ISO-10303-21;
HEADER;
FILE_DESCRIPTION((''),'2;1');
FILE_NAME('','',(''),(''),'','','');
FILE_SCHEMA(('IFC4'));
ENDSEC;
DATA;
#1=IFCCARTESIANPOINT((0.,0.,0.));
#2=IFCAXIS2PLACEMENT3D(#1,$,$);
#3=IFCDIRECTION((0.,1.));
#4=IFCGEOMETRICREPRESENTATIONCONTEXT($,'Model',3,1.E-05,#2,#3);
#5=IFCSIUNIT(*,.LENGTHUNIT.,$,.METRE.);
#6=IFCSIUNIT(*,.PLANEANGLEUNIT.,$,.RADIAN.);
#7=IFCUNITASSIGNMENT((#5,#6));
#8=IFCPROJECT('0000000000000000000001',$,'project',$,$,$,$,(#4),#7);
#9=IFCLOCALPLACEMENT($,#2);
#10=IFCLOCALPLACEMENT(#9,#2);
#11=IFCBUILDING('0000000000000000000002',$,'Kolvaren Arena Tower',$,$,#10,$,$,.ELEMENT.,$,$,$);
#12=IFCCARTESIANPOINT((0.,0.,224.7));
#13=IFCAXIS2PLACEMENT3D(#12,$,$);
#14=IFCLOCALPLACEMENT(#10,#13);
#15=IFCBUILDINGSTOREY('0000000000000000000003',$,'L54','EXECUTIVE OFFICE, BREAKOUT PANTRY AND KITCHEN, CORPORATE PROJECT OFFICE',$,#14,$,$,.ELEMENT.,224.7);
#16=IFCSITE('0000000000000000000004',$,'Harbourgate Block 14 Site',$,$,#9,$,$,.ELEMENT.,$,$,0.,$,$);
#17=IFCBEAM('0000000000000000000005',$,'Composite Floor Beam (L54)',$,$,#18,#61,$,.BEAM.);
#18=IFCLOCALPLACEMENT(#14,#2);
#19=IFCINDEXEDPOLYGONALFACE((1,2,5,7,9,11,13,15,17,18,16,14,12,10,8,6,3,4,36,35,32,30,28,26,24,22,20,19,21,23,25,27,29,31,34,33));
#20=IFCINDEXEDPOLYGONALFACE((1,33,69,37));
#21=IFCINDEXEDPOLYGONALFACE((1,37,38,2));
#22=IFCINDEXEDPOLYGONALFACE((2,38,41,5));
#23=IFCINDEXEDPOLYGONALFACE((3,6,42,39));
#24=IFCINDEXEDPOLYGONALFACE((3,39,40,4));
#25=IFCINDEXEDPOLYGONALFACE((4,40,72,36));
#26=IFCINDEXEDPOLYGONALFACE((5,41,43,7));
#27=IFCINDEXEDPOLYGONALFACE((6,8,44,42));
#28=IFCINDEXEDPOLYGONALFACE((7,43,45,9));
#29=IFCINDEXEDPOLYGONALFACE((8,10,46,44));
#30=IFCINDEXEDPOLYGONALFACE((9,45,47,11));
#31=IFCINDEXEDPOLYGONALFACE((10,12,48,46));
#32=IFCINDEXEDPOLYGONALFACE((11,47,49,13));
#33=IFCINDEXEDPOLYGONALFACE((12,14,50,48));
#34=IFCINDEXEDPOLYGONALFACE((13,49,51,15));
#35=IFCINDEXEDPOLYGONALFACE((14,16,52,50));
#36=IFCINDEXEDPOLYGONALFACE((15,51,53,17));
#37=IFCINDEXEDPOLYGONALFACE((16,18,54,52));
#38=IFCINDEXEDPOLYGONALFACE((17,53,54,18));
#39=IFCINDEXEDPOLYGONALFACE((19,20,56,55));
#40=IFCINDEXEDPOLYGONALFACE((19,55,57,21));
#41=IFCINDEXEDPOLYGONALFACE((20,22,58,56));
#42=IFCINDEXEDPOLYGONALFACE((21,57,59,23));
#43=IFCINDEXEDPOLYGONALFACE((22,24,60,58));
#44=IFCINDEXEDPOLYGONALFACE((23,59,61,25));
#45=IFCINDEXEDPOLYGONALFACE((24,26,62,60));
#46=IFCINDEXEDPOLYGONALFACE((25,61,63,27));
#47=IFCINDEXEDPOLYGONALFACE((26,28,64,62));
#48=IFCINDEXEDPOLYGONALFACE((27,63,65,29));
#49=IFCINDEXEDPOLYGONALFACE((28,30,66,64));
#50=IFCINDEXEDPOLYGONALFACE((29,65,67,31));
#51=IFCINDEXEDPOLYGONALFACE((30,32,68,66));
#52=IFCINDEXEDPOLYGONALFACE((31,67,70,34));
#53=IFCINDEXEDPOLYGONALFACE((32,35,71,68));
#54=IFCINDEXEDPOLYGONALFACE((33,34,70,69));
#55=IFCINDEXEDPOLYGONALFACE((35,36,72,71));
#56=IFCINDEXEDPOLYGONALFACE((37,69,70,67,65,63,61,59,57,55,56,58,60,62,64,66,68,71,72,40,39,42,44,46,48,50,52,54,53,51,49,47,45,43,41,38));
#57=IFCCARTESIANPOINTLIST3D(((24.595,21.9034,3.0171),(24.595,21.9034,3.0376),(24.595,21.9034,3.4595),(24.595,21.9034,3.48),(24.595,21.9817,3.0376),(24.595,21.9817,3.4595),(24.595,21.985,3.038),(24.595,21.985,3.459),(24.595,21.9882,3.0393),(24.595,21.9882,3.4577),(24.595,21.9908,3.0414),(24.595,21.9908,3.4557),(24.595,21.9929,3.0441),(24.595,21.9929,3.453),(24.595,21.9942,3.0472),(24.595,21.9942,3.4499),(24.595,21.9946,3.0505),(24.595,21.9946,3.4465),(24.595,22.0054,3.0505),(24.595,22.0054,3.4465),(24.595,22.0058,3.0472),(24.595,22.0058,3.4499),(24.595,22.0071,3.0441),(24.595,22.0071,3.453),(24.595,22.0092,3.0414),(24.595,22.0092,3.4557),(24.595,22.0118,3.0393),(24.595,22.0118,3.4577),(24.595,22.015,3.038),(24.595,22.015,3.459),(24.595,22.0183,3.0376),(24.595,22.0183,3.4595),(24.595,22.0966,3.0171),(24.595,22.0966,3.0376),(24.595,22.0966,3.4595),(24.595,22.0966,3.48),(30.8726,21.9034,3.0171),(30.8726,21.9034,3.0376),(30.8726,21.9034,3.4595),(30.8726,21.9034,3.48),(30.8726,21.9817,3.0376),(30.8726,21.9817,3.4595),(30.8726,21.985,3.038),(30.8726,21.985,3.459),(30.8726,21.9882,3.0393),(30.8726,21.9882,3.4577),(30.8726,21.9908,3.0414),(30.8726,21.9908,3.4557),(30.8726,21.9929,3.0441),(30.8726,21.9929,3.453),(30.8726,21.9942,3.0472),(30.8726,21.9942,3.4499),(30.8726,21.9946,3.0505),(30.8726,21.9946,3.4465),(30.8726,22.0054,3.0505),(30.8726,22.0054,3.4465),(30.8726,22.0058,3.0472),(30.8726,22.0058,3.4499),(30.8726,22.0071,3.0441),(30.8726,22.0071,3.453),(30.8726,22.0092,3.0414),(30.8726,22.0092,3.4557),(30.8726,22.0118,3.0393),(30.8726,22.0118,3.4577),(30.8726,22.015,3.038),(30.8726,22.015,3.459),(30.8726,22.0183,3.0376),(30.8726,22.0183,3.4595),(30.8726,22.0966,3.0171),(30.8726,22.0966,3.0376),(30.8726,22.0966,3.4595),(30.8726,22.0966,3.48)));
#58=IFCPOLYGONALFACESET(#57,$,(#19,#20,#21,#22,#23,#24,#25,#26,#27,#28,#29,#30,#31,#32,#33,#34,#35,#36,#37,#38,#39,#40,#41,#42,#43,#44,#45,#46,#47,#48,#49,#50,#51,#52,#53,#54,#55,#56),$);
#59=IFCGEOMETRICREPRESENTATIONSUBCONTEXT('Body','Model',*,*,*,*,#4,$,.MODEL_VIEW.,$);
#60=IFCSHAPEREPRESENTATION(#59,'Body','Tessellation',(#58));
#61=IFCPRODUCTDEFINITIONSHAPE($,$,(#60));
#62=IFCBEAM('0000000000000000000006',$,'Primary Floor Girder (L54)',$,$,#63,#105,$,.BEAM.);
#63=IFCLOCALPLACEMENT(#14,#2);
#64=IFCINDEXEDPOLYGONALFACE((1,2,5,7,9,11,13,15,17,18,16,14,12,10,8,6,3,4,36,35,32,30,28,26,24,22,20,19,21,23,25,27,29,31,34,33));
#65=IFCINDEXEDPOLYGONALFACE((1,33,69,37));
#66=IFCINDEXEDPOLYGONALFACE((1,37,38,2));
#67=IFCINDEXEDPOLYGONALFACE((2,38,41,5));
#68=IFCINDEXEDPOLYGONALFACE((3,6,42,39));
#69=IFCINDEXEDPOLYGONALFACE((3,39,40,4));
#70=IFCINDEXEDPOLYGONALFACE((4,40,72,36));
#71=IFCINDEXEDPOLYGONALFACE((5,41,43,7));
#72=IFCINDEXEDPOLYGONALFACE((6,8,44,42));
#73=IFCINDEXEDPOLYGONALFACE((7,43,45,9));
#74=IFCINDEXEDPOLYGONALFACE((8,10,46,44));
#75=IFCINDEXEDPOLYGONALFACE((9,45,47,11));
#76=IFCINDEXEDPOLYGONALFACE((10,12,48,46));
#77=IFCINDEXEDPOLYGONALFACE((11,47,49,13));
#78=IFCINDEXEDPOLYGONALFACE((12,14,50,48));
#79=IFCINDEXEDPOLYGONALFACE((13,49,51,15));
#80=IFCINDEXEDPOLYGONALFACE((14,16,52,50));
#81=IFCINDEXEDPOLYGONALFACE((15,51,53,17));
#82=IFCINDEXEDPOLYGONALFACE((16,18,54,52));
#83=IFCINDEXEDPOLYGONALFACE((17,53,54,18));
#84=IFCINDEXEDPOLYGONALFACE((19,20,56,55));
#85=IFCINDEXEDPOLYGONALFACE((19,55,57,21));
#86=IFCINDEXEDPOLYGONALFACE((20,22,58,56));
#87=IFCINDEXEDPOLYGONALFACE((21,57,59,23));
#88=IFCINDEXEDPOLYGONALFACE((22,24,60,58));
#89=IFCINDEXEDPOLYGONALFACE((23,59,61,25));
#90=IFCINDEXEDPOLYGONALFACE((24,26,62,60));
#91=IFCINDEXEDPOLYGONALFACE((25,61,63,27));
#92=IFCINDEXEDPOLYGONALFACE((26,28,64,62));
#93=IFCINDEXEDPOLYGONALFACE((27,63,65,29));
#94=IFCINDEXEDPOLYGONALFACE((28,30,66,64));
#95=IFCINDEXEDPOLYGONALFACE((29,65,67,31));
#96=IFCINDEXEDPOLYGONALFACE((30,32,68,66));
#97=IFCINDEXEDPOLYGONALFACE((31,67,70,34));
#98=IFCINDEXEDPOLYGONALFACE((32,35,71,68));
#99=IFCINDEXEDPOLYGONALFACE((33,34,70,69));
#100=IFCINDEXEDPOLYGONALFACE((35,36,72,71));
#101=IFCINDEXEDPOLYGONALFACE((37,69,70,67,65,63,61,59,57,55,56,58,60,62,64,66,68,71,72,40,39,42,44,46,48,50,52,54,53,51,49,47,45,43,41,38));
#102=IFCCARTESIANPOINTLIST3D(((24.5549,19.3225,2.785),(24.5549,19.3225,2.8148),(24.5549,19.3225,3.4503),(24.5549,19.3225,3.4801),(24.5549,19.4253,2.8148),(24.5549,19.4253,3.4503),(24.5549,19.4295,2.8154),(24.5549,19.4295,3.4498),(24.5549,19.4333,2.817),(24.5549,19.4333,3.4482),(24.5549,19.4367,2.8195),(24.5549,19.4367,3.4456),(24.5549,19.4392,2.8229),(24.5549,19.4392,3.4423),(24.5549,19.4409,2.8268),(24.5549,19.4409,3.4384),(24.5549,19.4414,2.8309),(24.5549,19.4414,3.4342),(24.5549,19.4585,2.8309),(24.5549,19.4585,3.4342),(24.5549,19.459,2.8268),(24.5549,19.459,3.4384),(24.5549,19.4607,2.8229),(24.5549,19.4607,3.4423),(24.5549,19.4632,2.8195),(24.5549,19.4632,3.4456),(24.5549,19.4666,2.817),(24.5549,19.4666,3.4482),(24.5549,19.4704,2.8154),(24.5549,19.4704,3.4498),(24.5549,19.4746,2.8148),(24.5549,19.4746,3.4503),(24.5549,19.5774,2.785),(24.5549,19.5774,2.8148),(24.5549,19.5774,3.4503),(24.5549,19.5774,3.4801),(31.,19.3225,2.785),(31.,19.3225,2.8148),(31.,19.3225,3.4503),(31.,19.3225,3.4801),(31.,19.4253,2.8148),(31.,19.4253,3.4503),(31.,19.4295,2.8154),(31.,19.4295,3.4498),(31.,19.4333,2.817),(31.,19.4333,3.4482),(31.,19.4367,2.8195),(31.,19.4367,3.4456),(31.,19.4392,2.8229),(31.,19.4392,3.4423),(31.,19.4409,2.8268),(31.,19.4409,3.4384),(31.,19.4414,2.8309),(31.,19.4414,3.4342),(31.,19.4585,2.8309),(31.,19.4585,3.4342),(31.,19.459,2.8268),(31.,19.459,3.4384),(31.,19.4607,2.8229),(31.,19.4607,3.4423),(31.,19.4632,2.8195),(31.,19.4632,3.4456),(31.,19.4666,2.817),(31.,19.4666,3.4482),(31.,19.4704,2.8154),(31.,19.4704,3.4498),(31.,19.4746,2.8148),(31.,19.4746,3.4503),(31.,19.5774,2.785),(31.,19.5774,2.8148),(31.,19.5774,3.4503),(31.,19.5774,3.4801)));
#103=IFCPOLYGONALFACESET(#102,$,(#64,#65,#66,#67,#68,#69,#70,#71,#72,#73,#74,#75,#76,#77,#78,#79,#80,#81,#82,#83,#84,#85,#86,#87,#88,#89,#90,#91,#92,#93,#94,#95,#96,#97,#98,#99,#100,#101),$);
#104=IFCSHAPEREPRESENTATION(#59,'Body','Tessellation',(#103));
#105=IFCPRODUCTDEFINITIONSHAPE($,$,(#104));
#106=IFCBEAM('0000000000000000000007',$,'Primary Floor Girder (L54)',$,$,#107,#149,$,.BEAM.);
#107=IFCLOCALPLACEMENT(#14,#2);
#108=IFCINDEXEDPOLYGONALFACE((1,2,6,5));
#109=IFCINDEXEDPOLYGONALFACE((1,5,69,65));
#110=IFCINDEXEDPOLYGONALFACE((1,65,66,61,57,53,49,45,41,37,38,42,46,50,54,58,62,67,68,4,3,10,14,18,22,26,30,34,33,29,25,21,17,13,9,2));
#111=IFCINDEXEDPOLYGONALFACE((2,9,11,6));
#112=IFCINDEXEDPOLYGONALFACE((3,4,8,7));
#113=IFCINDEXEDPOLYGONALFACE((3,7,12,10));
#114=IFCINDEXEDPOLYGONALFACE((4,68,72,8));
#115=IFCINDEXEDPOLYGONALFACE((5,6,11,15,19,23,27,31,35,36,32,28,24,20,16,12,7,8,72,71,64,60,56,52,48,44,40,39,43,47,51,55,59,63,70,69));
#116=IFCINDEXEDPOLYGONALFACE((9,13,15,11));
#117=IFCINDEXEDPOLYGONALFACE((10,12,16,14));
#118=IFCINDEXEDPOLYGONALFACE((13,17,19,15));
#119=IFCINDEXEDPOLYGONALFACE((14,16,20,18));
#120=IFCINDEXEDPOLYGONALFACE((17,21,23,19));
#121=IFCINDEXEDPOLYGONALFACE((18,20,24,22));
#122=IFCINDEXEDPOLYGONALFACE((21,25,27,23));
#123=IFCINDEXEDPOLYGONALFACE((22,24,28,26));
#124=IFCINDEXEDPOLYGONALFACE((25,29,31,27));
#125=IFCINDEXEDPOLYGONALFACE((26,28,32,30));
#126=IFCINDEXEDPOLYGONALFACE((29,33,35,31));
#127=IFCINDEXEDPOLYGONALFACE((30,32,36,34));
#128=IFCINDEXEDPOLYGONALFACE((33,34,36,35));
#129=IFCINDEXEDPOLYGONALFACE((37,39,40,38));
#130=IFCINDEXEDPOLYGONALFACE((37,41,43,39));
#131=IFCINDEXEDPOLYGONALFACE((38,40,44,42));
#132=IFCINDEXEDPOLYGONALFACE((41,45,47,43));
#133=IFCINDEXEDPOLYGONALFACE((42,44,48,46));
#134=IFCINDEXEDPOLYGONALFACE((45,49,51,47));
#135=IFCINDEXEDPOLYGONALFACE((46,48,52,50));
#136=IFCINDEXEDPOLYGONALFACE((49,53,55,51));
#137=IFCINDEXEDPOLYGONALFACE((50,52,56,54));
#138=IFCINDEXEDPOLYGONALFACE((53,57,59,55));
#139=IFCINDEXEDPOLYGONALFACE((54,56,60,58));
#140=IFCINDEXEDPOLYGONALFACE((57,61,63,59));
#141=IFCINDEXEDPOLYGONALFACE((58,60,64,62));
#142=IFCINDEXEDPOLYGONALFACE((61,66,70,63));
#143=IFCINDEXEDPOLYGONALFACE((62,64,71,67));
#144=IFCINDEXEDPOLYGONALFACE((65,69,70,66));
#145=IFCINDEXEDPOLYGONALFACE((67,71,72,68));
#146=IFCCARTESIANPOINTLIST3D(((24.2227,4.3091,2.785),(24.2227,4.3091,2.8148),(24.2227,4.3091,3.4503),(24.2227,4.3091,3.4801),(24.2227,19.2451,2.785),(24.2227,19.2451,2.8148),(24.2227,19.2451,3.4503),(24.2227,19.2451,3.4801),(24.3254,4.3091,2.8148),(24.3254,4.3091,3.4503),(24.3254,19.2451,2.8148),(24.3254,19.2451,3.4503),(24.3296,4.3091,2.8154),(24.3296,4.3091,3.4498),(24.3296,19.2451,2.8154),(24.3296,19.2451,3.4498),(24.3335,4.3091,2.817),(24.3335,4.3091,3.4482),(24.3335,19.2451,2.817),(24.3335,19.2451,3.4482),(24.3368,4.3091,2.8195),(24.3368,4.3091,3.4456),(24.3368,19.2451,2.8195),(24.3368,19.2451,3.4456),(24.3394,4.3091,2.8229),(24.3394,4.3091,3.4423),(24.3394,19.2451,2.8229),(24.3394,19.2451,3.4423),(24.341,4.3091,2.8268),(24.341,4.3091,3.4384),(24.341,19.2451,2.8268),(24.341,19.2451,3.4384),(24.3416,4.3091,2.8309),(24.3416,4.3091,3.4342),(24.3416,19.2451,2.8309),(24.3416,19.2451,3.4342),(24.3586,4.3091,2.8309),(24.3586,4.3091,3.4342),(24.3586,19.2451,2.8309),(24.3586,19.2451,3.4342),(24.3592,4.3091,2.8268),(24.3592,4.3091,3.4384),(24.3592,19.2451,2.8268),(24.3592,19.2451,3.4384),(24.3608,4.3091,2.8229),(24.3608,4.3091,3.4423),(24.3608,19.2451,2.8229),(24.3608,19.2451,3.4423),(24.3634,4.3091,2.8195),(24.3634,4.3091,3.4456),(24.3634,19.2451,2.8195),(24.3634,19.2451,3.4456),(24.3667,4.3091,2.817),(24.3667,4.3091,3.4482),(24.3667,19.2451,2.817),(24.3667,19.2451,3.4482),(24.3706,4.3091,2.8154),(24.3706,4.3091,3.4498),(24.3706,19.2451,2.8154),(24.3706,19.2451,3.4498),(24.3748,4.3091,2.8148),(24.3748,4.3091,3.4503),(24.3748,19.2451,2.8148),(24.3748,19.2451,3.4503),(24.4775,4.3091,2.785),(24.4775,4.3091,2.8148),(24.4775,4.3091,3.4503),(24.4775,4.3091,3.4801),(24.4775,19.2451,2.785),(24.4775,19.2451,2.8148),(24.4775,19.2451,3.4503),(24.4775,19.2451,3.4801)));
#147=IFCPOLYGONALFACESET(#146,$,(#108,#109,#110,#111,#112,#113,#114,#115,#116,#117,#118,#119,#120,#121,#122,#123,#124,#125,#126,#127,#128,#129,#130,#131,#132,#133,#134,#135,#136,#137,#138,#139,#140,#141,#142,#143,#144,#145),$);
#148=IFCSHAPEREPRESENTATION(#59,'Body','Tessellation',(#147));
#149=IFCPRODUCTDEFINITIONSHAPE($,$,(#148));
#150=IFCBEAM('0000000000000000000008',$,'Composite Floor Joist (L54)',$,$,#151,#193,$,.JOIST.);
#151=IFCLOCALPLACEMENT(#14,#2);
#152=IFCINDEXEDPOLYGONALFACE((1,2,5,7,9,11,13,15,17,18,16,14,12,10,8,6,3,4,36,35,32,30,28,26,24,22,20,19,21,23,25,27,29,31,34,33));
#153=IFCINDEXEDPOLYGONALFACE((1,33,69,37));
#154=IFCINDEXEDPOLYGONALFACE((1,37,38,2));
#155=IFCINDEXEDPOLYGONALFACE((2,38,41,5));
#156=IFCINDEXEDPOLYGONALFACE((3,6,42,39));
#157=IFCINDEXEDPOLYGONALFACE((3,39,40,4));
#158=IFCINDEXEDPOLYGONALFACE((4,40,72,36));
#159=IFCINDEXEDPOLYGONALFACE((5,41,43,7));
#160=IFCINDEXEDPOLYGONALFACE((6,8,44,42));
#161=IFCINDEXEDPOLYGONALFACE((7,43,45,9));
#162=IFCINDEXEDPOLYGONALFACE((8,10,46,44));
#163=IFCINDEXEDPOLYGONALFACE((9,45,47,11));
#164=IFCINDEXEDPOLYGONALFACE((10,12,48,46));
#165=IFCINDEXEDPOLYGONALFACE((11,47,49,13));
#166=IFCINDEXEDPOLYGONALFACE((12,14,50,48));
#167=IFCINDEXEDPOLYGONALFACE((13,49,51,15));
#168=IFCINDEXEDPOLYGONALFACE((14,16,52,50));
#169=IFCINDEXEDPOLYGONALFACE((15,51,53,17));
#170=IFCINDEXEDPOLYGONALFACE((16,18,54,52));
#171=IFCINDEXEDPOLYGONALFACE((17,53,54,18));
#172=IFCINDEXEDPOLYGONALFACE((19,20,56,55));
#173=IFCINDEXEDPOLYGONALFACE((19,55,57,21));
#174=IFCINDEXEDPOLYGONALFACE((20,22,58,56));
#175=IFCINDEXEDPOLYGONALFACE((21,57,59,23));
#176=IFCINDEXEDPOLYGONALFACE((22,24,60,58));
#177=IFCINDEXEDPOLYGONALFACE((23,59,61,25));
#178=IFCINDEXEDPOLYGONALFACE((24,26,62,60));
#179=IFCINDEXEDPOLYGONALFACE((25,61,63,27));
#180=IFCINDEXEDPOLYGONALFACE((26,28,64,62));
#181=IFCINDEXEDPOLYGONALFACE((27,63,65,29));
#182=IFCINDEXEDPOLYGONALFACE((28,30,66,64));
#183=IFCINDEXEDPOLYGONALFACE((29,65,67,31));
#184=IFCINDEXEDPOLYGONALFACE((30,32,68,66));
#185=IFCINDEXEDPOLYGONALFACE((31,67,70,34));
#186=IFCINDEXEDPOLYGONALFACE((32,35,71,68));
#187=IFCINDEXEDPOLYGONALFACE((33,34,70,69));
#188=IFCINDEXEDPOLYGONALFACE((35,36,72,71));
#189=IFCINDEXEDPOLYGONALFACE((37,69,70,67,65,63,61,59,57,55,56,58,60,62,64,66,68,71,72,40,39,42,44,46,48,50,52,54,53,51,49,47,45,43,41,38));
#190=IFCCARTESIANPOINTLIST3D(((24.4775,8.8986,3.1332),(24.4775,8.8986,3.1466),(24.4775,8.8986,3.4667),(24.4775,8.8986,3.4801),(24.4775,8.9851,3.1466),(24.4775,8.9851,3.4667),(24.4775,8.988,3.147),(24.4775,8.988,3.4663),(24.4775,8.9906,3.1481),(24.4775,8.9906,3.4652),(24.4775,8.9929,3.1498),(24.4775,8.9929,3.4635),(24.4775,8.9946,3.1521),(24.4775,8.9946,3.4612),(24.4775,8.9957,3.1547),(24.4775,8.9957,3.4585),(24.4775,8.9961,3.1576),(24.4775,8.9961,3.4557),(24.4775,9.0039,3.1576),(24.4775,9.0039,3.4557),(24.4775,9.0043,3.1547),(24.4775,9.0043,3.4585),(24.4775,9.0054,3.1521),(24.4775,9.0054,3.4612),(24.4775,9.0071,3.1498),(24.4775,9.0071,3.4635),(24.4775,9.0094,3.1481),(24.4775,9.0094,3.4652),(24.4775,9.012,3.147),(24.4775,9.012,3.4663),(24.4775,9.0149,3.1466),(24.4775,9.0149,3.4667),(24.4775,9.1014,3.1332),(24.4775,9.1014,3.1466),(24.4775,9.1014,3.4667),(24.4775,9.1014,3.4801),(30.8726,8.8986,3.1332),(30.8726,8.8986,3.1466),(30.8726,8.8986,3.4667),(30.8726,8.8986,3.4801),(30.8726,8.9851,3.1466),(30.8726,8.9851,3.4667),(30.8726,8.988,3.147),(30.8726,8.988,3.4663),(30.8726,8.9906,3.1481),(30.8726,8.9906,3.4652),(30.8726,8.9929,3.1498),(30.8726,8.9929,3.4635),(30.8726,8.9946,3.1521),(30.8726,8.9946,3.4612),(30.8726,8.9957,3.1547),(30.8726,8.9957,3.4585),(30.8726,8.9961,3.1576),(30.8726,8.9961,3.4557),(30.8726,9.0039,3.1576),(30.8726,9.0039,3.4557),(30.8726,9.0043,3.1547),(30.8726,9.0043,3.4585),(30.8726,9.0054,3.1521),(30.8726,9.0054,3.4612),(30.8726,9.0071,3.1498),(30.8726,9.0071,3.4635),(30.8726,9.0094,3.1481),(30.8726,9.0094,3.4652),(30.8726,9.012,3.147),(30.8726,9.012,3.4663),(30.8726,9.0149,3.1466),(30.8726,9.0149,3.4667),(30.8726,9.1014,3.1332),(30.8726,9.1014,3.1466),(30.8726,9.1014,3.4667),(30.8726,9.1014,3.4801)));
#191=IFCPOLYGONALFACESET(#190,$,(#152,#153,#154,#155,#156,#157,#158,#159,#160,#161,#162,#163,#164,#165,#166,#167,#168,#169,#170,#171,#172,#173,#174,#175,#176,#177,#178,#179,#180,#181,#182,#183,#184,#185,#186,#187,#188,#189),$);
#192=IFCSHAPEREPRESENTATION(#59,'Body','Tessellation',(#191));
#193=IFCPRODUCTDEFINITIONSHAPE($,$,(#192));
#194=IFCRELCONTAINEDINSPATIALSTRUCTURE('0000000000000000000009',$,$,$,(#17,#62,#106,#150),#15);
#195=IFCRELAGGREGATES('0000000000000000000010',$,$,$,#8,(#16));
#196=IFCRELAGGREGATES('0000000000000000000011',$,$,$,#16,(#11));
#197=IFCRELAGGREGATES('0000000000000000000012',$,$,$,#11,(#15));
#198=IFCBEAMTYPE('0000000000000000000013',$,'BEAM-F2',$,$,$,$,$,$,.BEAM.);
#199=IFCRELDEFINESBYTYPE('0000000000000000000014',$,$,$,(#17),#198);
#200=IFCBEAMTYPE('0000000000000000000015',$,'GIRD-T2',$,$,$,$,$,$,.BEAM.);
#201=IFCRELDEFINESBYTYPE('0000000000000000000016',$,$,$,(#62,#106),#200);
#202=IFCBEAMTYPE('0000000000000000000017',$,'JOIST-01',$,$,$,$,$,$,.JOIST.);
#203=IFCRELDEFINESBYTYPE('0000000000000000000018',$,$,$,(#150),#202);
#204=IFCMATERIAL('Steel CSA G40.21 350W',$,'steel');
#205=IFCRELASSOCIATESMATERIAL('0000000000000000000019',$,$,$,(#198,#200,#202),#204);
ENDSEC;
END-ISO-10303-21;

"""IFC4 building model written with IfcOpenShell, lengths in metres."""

from ifc_helpers import new_model, si_unit, direction, frame, origin, origin_2d, place, context, subcontext, project, spatial, i_section, extrude, material, material_profile, profile_set, type_object, element, save


model = new_model("IFC4")

# Units and contexts
model_context = context("Model", 3, precision=1e-05, world=origin(), true_north=direction((0.0, 1.0)))
body_context = subcontext(model_context, "Body", "Model", "MODEL_VIEW")
ifc_project = project(units=[si_unit("LENGTHUNIT", "METRE"), si_unit("PLANEANGLEUNIT", "RADIAN")], contexts=[model_context])

# Site, building, storey
site_placement = place(None, origin())
site = spatial("IfcSite", under=ifc_project, at=site_placement, Name="Harbourgate Block 14 Site", CompositionType="ELEMENT", RefElevation=0.0)
building_placement = place(site_placement, origin())
building = spatial("IfcBuilding", under=site, at=building_placement, Name="Kolvaren Arena Tower", CompositionType="ELEMENT")
storey_placement = place(building_placement, frame((0.0, 0.0, 224.7)))
storey = spatial("IfcBuildingStorey", under=building, at=storey_placement, Name="L54", Description="EXECUTIVE OFFICE, BREAKOUT PANTRY AND KITCHEN, CORPORATE PROJECT OFFICE", CompositionType="ELEMENT", Elevation=224.7)

# Beams
ifc_material_1 = material(Name="Steel CSA G40.21 350W", Category="steel")
ifc_material_profile_1 = material_profile(ifc_material_1, i_section(OverallWidth=0.1931, OverallDepth=0.4629, WebThickness=0.0107, FlangeThickness=0.0205, FilletRadius=0.0129, at=origin_2d()), Name="W460x113")
ifc_profile_set_1 = profile_set([ifc_material_profile_1], Name="Steel CSA G40.21 350W")
beam_type_1 = type_object("IfcBeamType", Name="BEAM-F2", PredefinedType="BEAM", material=ifc_profile_set_1)
beam_1_placement = place(storey_placement, frame((24.595, 22.0, 3.2485), z_axis=(1.0, 0.0, 0.0), x_axis=(0.0, 1.0, 0.0)))
element("IfcBeam", 1, at=beam_1_placement, inside=storey, type_object=beam_type_1, Name="Composite Floor Beam (L54)", PredefinedType="BEAM", context=body_context, shape_type="SweptSolid", body=[
    extrude(i_section(OverallWidth=0.1931, OverallDepth=0.4629, WebThickness=0.0107, FlangeThickness=0.0205, FilletRadius=0.0129, at=origin_2d()), origin(), (0.0, 0.0, 1.0), 6.2776),
])
ifc_material_profile_2 = material_profile(ifc_material_1, i_section(OverallWidth=0.2549, OverallDepth=0.6951, WebThickness=0.0171, FlangeThickness=0.0298, FilletRadius=0.0161, at=origin_2d()), Name="W690x217")
ifc_profile_set_2 = profile_set([ifc_material_profile_2], Name="Steel CSA G40.21 350W")
beam_type_2 = type_object("IfcBeamType", Name="GIRD-T2", PredefinedType="BEAM", material=ifc_profile_set_2)
beam_2_placement = place(storey_placement, frame((24.5549, 19.45, 3.1326), z_axis=(1.0, 0.0, 0.0), x_axis=(0.0, 1.0, 0.0)))
element("IfcBeam", 2, at=beam_2_placement, inside=storey, type_object=beam_type_2, Name="Primary Floor Girder (L54)", PredefinedType="BEAM", context=body_context, shape_type="SweptSolid", body=[
    extrude(i_section(OverallWidth=0.2549, OverallDepth=0.6951, WebThickness=0.0171, FlangeThickness=0.0298, FilletRadius=0.0161, at=origin_2d()), origin(), (0.0, 0.0, 1.0), 6.4451),
])
beam_3_placement = place(storey_placement, frame((24.3501, 4.3091, 3.1326), z_axis=(0.0, 1.0, 0.0), x_axis=(-1.0, 0.0, 0.0)))
element("IfcBeam", 3, at=beam_3_placement, inside=storey, type_object=beam_type_2, Name="Primary Floor Girder (L54)", PredefinedType="BEAM", context=body_context, shape_type="SweptSolid", body=[
    extrude(i_section(OverallWidth=0.2549, OverallDepth=0.6951, WebThickness=0.0171, FlangeThickness=0.0298, FilletRadius=0.0161, at=origin_2d()), origin(), (0.0, 0.0, 1.0), 14.936),
])
ifc_material_profile_3 = material_profile(ifc_material_1, i_section(OverallWidth=0.2029, OverallDepth=0.3469, WebThickness=0.0078, FlangeThickness=0.0134, FilletRadius=0.011, at=origin_2d()), Name="W360x64")
ifc_profile_set_3 = profile_set([ifc_material_profile_3], Name="Steel CSA G40.21 350W")
beam_type_3 = type_object("IfcBeamType", Name="JOIST-01", PredefinedType="JOIST", material=ifc_profile_set_3)
for number, where, z_axis, x_axis, name in (
    (4, (24.4775, 9.0, 3.3066), (1.0, 0.0, 0.0), (0.0, 1.0, 0.0), "Composite Floor Joist (L54)"),
):
    element("IfcBeam", number, at=place(storey_placement, frame(where, z_axis=z_axis, x_axis=x_axis)), inside=storey, type_object=beam_type_3, Name=name, PredefinedType="JOIST", context=body_context, shape_type="SweptSolid", body=[
        extrude(i_section(OverallWidth=0.2029, OverallDepth=0.3469, WebThickness=0.0078, FlangeThickness=0.0134, FilletRadius=0.011, at=origin_2d()), origin(), (0.0, 0.0, 1.0), 6.395),
    ])

save(model, "model.ifc")
